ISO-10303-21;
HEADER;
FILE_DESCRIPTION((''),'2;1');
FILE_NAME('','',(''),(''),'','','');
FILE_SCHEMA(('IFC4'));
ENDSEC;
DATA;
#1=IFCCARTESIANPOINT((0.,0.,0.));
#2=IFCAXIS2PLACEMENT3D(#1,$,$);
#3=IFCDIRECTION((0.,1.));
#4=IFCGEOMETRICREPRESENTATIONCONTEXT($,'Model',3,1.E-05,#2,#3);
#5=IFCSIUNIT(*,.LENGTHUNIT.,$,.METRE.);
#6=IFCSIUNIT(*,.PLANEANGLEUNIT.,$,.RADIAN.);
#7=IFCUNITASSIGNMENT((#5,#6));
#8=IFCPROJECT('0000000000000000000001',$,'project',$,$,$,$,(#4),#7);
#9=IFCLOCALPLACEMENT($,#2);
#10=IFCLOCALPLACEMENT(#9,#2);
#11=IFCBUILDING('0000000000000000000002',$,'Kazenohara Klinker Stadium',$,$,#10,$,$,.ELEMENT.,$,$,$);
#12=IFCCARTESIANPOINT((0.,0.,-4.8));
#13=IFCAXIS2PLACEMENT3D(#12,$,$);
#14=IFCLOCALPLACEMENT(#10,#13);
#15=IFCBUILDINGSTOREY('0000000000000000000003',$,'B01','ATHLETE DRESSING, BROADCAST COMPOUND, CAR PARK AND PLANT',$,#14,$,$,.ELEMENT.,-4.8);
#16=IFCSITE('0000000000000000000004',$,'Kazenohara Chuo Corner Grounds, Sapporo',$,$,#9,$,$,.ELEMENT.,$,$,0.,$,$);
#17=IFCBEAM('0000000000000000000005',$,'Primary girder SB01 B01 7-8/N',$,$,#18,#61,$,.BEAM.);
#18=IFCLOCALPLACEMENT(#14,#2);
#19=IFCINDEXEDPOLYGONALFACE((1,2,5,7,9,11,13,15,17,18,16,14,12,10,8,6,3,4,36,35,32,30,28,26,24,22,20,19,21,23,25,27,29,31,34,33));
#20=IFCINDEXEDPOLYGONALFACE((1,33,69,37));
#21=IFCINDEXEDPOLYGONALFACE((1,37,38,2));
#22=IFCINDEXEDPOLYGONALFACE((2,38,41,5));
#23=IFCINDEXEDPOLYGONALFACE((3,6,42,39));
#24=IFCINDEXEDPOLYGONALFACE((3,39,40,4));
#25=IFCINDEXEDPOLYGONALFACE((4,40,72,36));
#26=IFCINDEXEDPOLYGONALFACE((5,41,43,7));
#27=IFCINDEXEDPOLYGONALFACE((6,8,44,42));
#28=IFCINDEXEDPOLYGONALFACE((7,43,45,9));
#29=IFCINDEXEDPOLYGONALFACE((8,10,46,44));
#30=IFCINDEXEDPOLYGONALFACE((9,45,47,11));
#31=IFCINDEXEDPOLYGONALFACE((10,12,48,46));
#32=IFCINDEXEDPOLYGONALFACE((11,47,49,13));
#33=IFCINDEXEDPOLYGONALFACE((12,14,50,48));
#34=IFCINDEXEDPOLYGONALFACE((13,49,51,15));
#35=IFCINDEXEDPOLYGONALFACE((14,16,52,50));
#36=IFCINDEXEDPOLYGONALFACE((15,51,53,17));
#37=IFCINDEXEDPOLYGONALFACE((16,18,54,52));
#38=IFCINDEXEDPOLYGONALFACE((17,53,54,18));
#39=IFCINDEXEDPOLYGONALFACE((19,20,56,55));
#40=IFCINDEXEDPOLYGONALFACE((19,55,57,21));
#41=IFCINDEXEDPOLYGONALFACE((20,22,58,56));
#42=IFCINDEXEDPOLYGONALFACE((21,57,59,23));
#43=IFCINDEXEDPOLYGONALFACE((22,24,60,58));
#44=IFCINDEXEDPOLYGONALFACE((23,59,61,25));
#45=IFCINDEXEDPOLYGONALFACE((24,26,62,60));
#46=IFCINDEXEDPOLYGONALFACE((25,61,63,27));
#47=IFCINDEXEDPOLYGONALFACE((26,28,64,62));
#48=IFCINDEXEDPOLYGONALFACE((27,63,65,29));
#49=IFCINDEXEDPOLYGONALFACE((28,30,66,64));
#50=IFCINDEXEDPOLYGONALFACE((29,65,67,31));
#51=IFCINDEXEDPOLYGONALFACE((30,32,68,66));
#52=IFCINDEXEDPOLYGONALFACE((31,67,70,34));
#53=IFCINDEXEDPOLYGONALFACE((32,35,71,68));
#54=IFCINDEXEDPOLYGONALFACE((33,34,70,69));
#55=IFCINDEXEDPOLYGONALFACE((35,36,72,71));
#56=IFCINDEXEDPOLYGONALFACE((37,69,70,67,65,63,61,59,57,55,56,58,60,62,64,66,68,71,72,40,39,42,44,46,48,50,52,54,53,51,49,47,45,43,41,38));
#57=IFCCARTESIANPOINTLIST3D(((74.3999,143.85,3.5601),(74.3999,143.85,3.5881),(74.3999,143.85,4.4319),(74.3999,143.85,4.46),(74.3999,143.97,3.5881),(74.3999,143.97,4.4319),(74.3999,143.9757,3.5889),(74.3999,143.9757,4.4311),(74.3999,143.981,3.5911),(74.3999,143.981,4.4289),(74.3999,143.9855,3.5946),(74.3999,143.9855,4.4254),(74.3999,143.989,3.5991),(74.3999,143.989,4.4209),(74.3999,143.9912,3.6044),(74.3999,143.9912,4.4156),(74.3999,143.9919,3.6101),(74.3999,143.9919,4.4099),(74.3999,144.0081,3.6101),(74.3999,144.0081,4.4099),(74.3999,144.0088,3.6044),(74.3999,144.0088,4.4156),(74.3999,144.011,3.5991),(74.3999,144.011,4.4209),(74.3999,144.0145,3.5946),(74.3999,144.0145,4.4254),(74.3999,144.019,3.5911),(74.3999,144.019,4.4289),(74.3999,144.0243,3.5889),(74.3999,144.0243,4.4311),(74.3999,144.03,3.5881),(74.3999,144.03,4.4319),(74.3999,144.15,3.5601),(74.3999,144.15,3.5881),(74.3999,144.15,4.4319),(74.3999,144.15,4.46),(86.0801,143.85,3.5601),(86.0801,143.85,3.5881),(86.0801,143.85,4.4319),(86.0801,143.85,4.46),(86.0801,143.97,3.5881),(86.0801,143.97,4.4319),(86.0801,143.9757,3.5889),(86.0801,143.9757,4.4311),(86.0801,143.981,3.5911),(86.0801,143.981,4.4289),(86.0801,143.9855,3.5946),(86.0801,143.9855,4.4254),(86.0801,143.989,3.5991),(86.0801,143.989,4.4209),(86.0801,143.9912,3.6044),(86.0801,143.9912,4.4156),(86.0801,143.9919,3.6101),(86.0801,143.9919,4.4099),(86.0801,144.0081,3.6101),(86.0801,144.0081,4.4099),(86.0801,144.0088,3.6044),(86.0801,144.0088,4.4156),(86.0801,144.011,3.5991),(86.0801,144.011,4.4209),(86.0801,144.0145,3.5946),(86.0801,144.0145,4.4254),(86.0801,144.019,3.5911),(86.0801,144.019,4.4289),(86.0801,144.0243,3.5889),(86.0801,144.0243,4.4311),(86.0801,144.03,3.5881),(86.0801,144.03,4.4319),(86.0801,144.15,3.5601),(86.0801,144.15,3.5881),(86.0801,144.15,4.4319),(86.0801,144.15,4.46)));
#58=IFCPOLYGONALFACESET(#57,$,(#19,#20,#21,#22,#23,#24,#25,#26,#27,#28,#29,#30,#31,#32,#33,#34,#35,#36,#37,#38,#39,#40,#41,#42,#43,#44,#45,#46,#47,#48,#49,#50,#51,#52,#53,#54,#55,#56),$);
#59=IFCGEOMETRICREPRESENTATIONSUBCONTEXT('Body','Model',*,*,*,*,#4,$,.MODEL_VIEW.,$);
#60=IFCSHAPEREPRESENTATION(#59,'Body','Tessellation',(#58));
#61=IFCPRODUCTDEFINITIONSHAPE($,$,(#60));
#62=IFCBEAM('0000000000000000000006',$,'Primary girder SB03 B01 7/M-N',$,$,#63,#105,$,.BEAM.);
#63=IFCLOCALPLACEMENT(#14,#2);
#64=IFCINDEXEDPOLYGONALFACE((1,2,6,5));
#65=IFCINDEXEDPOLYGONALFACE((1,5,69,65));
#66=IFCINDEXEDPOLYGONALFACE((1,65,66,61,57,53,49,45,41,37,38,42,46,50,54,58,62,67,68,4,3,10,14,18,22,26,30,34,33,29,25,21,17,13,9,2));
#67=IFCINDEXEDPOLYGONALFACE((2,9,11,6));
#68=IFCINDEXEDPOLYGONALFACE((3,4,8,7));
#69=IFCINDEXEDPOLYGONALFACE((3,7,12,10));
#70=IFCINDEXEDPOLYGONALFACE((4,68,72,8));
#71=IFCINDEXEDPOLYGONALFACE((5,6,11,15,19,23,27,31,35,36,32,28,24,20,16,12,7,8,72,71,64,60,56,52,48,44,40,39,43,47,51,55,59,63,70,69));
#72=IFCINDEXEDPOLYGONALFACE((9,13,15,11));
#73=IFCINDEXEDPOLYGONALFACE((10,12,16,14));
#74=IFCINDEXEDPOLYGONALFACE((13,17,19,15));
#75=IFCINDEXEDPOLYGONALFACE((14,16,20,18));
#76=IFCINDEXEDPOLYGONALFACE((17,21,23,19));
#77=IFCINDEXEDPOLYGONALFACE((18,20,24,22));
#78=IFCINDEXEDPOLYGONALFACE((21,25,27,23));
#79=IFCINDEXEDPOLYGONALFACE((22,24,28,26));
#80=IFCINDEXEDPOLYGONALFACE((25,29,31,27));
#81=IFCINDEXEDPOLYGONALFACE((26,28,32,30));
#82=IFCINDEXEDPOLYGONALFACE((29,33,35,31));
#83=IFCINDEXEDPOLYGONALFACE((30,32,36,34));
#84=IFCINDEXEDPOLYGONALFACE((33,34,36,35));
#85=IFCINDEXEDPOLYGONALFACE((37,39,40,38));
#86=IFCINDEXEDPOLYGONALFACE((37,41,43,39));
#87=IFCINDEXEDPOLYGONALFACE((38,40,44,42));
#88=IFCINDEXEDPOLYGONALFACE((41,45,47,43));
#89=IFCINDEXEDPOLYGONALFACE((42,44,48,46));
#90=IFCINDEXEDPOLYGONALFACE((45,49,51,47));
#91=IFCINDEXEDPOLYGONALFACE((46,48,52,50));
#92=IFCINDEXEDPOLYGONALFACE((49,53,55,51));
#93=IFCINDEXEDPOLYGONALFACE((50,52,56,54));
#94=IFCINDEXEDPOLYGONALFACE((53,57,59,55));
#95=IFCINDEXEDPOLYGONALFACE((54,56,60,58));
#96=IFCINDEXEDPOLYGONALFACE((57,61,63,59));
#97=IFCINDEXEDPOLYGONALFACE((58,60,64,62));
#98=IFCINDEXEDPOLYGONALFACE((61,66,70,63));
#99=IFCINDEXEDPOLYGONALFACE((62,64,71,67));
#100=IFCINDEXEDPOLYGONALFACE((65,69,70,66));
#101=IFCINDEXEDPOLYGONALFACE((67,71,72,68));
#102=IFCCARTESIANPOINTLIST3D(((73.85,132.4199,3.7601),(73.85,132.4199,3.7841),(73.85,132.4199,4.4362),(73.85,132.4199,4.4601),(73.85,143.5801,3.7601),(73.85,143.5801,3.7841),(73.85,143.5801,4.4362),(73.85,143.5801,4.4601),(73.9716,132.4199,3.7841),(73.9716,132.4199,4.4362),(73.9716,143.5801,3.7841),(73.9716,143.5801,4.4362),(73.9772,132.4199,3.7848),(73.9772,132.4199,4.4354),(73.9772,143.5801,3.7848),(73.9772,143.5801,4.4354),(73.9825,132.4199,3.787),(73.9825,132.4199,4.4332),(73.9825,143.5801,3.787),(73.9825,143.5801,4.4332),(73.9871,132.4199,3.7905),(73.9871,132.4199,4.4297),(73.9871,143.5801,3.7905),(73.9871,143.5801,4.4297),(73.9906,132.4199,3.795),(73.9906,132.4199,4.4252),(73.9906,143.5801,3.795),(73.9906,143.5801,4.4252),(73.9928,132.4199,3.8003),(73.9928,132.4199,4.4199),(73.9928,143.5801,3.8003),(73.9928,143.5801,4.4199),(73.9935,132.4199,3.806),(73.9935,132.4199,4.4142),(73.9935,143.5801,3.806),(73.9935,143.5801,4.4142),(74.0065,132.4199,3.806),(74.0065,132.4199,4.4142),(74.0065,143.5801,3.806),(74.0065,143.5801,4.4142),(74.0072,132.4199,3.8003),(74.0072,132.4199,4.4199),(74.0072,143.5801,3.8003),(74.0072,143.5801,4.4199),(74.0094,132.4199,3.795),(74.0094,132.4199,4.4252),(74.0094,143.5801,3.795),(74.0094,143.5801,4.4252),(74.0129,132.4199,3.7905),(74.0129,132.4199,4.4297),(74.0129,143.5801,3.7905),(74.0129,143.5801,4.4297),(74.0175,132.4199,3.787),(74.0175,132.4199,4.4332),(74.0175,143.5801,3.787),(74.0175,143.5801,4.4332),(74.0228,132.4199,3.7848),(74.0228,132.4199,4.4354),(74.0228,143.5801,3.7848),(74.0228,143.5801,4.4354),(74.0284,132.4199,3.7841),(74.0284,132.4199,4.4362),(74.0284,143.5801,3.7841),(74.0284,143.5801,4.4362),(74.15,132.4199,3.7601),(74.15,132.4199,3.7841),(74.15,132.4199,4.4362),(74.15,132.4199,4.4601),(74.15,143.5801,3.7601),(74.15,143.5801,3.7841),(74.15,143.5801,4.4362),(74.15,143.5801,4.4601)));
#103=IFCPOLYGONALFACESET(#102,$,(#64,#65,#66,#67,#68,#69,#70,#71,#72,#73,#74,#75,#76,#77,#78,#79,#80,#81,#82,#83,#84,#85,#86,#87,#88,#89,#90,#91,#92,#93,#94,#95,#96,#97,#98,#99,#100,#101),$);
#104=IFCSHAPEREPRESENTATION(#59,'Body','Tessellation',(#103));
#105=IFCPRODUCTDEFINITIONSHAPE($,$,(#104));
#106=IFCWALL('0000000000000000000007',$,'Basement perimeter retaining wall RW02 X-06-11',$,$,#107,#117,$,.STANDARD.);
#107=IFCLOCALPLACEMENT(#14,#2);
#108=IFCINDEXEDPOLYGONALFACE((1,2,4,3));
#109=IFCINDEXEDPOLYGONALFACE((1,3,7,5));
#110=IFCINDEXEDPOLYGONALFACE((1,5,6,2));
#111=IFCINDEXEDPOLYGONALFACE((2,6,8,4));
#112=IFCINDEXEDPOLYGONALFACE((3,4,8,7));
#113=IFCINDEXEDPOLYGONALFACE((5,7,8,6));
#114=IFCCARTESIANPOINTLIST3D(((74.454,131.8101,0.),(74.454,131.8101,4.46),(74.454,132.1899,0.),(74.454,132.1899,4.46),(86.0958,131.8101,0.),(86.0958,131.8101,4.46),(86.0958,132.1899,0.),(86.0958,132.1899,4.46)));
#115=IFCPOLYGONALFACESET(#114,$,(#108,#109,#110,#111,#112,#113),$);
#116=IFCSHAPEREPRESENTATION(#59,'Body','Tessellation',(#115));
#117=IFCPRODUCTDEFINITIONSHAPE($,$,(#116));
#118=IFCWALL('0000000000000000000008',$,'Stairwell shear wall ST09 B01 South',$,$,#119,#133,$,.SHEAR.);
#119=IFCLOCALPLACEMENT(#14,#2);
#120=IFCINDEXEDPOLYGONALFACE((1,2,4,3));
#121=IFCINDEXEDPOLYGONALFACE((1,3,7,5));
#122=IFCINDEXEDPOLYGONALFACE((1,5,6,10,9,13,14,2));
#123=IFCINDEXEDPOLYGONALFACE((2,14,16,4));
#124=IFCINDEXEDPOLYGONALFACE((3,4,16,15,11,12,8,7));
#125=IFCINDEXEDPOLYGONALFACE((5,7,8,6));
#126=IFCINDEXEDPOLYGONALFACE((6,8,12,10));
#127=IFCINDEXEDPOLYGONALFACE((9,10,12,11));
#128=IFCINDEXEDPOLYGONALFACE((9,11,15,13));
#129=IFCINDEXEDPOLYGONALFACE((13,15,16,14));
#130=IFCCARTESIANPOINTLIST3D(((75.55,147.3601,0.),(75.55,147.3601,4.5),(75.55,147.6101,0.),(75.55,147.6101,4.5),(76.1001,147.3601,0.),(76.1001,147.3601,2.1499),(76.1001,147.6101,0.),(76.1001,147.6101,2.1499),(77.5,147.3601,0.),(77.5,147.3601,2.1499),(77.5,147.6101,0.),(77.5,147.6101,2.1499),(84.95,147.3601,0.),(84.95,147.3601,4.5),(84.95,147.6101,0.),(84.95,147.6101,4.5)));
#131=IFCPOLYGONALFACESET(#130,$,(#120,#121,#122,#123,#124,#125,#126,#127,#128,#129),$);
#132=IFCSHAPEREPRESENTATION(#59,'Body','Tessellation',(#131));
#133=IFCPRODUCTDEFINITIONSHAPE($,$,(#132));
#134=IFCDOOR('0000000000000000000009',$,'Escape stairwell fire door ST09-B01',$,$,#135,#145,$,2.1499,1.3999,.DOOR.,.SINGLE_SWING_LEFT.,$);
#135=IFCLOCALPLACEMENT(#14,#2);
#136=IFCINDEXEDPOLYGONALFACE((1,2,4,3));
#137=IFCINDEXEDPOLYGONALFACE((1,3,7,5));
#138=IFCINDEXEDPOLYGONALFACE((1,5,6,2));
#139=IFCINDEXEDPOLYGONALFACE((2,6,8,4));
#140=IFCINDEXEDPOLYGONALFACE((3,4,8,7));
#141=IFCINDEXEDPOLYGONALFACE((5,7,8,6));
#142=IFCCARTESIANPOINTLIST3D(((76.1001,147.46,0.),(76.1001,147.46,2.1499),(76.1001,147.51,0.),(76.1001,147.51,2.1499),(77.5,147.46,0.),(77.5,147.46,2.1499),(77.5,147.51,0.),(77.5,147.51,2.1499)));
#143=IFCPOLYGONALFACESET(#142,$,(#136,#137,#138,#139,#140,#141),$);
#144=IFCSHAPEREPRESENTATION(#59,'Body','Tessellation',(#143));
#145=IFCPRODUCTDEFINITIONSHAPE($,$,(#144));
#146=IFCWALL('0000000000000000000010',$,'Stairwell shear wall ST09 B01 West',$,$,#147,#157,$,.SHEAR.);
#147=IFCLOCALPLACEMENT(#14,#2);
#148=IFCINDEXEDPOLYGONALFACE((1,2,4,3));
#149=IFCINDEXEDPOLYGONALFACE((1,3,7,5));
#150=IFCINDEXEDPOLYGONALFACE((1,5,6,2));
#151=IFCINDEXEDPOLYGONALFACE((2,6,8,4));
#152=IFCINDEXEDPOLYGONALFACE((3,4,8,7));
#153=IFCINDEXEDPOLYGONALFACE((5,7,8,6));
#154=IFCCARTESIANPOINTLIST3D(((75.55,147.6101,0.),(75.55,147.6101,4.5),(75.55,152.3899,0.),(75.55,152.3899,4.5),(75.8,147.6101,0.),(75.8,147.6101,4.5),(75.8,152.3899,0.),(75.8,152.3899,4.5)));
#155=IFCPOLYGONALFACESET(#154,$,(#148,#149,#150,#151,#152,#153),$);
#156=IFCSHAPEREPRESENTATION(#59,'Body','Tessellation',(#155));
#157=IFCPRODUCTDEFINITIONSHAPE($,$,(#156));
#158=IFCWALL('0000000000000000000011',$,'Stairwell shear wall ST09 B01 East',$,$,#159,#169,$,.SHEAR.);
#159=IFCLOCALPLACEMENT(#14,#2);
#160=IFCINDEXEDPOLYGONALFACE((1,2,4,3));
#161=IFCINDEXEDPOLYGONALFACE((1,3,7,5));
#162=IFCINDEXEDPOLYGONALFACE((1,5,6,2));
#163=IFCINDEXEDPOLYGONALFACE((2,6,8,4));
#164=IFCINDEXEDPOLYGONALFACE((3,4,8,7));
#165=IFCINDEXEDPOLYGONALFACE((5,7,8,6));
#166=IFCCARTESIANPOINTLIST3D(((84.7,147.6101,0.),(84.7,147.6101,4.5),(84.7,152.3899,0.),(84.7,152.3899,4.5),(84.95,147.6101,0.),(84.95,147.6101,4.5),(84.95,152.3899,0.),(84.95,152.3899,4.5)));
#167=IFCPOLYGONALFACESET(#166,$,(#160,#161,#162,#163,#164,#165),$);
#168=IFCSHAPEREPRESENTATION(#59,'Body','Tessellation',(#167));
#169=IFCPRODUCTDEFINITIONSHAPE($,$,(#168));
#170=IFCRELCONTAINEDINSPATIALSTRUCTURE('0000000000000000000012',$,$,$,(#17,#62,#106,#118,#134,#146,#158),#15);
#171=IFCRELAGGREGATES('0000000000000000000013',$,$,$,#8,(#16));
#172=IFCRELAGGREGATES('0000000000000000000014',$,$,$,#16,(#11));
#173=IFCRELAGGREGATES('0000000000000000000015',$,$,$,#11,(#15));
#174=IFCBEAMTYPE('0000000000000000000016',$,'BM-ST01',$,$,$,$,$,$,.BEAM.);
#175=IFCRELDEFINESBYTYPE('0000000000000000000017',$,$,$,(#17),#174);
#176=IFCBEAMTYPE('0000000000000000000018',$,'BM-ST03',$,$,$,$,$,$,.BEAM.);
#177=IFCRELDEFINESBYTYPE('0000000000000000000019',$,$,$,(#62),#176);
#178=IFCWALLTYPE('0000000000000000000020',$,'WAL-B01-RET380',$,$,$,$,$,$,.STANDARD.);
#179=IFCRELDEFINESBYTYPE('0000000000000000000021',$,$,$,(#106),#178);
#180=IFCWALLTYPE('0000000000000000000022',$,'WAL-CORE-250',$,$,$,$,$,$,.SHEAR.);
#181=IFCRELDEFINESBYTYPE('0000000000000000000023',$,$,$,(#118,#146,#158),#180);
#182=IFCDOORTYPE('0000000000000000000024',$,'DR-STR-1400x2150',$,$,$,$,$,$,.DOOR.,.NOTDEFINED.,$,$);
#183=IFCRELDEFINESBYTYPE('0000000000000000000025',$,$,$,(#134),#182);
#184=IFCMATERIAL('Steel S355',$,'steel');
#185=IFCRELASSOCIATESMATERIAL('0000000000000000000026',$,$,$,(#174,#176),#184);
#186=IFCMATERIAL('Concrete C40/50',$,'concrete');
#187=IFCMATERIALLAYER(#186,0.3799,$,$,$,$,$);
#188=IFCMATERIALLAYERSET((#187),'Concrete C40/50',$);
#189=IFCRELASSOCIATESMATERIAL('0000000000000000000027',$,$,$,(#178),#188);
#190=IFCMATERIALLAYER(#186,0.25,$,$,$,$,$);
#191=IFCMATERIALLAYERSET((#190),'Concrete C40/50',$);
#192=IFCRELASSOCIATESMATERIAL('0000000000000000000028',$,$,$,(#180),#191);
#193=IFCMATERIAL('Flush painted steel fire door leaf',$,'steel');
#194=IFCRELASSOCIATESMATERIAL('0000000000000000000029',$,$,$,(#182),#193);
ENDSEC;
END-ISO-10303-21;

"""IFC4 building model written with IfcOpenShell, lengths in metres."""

from ifc_helpers import new_model, si_unit, direction, frame, frame_2d, origin, origin_2d, place, context, subcontext, project, spatial, rectangle, i_section, extrude, material, layer, layer_set, material_profile, profile_set, type_object, element, fill, save


model = new_model("IFC4")

# Units and contexts
model_context = context("Model", 3, precision=1e-05, world=origin(), true_north=direction((0.0, 1.0)))
body_context = subcontext(model_context, "Body", "Model", "MODEL_VIEW")
ifc_project = project(units=[si_unit("LENGTHUNIT", "METRE"), si_unit("PLANEANGLEUNIT", "RADIAN")], contexts=[model_context])

# Site, building, storey
site_placement = place(None, origin())
site = spatial("IfcSite", under=ifc_project, at=site_placement, Name="Kazenohara Chuo Corner Grounds, Sapporo", CompositionType="ELEMENT", RefElevation=0.0)
building_placement = place(site_placement, origin())
building = spatial("IfcBuilding", under=site, at=building_placement, Name="Kazenohara Klinker Stadium", CompositionType="ELEMENT")
storey_placement = place(building_placement, frame((0.0, 0.0, -4.8)))
storey = spatial("IfcBuildingStorey", under=building, at=storey_placement, Name="B01", Description="ATHLETE DRESSING, BROADCAST COMPOUND, CAR PARK AND PLANT", CompositionType="ELEMENT", Elevation=-4.8)

# Shared definitions
ifc_material_1 = material(Name="Concrete C40/50", Category="concrete")

# Beams
ifc_material_2 = material(Name="Steel S355", Category="steel")
ifc_material_profile_1 = material_profile(ifc_material_2, i_section(OverallWidth=0.3, OverallDepth=0.8999, WebThickness=0.0161, FlangeThickness=0.0281, FilletRadius=0.022, at=origin_2d()), Name="H-900x300x16x28")
ifc_profile_set_1 = profile_set([ifc_material_profile_1], Name="Steel S355")
beam_type_1 = type_object("IfcBeamType", Name="BM-ST01", PredefinedType="BEAM", material=ifc_profile_set_1)
beam_1_placement = place(storey_placement, frame((74.3999, 144.0, 4.01), z_axis=(1.0, 0.0, 0.0), x_axis=(0.0, 1.0, 0.0)))
element("IfcBeam", 1, at=beam_1_placement, inside=storey, type_object=beam_type_1, Name="Primary girder SB01 B01 7-8/N", PredefinedType="BEAM", context=body_context, shape_type="SweptSolid", body=[
    extrude(i_section(OverallWidth=0.3, OverallDepth=0.8999, WebThickness=0.0161, FlangeThickness=0.0281, FilletRadius=0.022, at=origin_2d()), origin(), (0.0, 0.0, 1.0), 11.6802),
])
ifc_material_profile_2 = material_profile(ifc_material_2, i_section(OverallWidth=0.3, OverallDepth=0.7, WebThickness=0.0129, FlangeThickness=0.0239, FilletRadius=0.022, at=origin_2d()), Name="H-700x300x13x24")
ifc_profile_set_2 = profile_set([ifc_material_profile_2], Name="Steel S355")
beam_type_2 = type_object("IfcBeamType", Name="BM-ST03", PredefinedType="BEAM", material=ifc_profile_set_2)
beam_2_placement = place(storey_placement, frame((74.0, 132.4199, 4.1101), z_axis=(0.0, 1.0, 0.0), x_axis=(-1.0, 0.0, 0.0)))
element("IfcBeam", 2, at=beam_2_placement, inside=storey, type_object=beam_type_2, Name="Primary girder SB03 B01 7/M-N", PredefinedType="BEAM", context=body_context, shape_type="SweptSolid", body=[
    extrude(i_section(OverallWidth=0.3, OverallDepth=0.7, WebThickness=0.0129, FlangeThickness=0.0239, FilletRadius=0.022, at=origin_2d()), origin(), (0.0, 0.0, 1.0), 11.1602),
])

# Wall
ifc_layer_1 = layer(ifc_material_1, 0.3799)
ifc_layer_set_1 = layer_set([ifc_layer_1], Name="Concrete C40/50")
wall_type_1 = type_object("IfcWallType", Name="WAL-B01-RET380", PredefinedType="STANDARD", material=ifc_layer_set_1)
wall_1_placement = place(storey_placement, frame((74.4541, 132.0, 0.0), z_axis=(0.0, 0.0, 1.0), x_axis=(1.0, 0.0, 0.0)))
element("IfcWall", 3, at=wall_1_placement, inside=storey, type_object=wall_type_1, Name="Basement perimeter retaining wall RW02 X-06-11", PredefinedType="STANDARD", context=body_context, shape_type="SweptSolid", body=[
    extrude(rectangle(XDim=11.6418, YDim=0.3799, at=frame_2d((5.8208, 0.0))), origin(), (0.0, 0.0, 1.0), 4.46),
])

# Wall, opening, door
ifc_layer_2 = layer(ifc_material_1, 0.25)
ifc_layer_set_2 = layer_set([ifc_layer_2], Name="Concrete C40/50")
wall_type_2 = type_object("IfcWallType", Name="WAL-CORE-250", PredefinedType="SHEAR", material=ifc_layer_set_2)
wall_2_placement = place(storey_placement, frame((75.55, 147.4851, 0.0), z_axis=(0.0, 0.0, 1.0), x_axis=(1.0, 0.0, 0.0)))
wall_2 = element("IfcWall", 4, at=wall_2_placement, inside=storey, type_object=wall_type_2, Name="Stairwell shear wall ST09 B01 South", PredefinedType="SHEAR", context=body_context, shape_type="SweptSolid", body=[
    extrude(rectangle(XDim=9.3999, YDim=0.25, at=frame_2d((4.7, 0.0))), origin(), (0.0, 0.0, 1.0), 4.5),
])
opening_placement = place(wall_2_placement, frame((0.55, 0.0, 0.0)))
opening = element("IfcOpeningElement", 5, at=opening_placement, cuts=wall_2, PredefinedType="OPENING", context=body_context, shape_type="SweptSolid", body=[
    extrude(rectangle(XDim=1.3999, YDim=2.1499, at=frame_2d((0.7, 1.075))), frame((0.0, 0.135, 0.0), z_axis=(0.0, -1.0, 0.0), x_axis=(1.0, 0.0, 0.0)), (0.0, 0.0, 1.0), 0.27),
])
ifc_material_3 = material(Name="Flush painted steel fire door leaf", Category="steel")
door_type = type_object("IfcDoorType", Name="DR-STR-1400x2150", OperationType="NOTDEFINED", PredefinedType="DOOR", material=ifc_material_3)
door_placement = place(opening_placement, origin())
door = element("IfcDoor", 6, at=door_placement, inside=storey, type_object=door_type, Name="Escape stairwell fire door ST09-B01", OperationType="SINGLE_SWING_LEFT", OverallHeight=2.1499, OverallWidth=1.3999, PredefinedType="DOOR", context=body_context, shape_type="SweptSolid", body=[
    extrude(rectangle(XDim=1.3999, YDim=2.1499, at=frame_2d((0.7, 1.075))), frame((0.0, 0.0249, 0.0), z_axis=(0.0, -1.0, 0.0), x_axis=(1.0, 0.0, 0.0)), (0.0, 0.0, 1.0), 0.05),
])
fill(opening, door)

# Walls
for number, where, z_axis, x_axis, name in (
    (7, (75.675, 147.6101, 0.0), (0.0, 0.0, 1.0), (0.0, 1.0, 0.0), "Stairwell shear wall ST09 B01 West"),
    (8, (84.825, 147.6101, 0.0), (0.0, 0.0, 1.0), (0.0, 1.0, 0.0), "Stairwell shear wall ST09 B01 East"),
):
    element("IfcWall", number, at=place(storey_placement, frame(where, z_axis=z_axis, x_axis=x_axis)), inside=storey, type_object=wall_type_2, Name=name, PredefinedType="SHEAR", context=body_context, shape_type="SweptSolid", body=[
        extrude(rectangle(XDim=4.7798, YDim=0.25, at=frame_2d((2.3899, 0.0))), origin(), (0.0, 0.0, 1.0), 4.5),
    ])

save(model, "model.ifc")
